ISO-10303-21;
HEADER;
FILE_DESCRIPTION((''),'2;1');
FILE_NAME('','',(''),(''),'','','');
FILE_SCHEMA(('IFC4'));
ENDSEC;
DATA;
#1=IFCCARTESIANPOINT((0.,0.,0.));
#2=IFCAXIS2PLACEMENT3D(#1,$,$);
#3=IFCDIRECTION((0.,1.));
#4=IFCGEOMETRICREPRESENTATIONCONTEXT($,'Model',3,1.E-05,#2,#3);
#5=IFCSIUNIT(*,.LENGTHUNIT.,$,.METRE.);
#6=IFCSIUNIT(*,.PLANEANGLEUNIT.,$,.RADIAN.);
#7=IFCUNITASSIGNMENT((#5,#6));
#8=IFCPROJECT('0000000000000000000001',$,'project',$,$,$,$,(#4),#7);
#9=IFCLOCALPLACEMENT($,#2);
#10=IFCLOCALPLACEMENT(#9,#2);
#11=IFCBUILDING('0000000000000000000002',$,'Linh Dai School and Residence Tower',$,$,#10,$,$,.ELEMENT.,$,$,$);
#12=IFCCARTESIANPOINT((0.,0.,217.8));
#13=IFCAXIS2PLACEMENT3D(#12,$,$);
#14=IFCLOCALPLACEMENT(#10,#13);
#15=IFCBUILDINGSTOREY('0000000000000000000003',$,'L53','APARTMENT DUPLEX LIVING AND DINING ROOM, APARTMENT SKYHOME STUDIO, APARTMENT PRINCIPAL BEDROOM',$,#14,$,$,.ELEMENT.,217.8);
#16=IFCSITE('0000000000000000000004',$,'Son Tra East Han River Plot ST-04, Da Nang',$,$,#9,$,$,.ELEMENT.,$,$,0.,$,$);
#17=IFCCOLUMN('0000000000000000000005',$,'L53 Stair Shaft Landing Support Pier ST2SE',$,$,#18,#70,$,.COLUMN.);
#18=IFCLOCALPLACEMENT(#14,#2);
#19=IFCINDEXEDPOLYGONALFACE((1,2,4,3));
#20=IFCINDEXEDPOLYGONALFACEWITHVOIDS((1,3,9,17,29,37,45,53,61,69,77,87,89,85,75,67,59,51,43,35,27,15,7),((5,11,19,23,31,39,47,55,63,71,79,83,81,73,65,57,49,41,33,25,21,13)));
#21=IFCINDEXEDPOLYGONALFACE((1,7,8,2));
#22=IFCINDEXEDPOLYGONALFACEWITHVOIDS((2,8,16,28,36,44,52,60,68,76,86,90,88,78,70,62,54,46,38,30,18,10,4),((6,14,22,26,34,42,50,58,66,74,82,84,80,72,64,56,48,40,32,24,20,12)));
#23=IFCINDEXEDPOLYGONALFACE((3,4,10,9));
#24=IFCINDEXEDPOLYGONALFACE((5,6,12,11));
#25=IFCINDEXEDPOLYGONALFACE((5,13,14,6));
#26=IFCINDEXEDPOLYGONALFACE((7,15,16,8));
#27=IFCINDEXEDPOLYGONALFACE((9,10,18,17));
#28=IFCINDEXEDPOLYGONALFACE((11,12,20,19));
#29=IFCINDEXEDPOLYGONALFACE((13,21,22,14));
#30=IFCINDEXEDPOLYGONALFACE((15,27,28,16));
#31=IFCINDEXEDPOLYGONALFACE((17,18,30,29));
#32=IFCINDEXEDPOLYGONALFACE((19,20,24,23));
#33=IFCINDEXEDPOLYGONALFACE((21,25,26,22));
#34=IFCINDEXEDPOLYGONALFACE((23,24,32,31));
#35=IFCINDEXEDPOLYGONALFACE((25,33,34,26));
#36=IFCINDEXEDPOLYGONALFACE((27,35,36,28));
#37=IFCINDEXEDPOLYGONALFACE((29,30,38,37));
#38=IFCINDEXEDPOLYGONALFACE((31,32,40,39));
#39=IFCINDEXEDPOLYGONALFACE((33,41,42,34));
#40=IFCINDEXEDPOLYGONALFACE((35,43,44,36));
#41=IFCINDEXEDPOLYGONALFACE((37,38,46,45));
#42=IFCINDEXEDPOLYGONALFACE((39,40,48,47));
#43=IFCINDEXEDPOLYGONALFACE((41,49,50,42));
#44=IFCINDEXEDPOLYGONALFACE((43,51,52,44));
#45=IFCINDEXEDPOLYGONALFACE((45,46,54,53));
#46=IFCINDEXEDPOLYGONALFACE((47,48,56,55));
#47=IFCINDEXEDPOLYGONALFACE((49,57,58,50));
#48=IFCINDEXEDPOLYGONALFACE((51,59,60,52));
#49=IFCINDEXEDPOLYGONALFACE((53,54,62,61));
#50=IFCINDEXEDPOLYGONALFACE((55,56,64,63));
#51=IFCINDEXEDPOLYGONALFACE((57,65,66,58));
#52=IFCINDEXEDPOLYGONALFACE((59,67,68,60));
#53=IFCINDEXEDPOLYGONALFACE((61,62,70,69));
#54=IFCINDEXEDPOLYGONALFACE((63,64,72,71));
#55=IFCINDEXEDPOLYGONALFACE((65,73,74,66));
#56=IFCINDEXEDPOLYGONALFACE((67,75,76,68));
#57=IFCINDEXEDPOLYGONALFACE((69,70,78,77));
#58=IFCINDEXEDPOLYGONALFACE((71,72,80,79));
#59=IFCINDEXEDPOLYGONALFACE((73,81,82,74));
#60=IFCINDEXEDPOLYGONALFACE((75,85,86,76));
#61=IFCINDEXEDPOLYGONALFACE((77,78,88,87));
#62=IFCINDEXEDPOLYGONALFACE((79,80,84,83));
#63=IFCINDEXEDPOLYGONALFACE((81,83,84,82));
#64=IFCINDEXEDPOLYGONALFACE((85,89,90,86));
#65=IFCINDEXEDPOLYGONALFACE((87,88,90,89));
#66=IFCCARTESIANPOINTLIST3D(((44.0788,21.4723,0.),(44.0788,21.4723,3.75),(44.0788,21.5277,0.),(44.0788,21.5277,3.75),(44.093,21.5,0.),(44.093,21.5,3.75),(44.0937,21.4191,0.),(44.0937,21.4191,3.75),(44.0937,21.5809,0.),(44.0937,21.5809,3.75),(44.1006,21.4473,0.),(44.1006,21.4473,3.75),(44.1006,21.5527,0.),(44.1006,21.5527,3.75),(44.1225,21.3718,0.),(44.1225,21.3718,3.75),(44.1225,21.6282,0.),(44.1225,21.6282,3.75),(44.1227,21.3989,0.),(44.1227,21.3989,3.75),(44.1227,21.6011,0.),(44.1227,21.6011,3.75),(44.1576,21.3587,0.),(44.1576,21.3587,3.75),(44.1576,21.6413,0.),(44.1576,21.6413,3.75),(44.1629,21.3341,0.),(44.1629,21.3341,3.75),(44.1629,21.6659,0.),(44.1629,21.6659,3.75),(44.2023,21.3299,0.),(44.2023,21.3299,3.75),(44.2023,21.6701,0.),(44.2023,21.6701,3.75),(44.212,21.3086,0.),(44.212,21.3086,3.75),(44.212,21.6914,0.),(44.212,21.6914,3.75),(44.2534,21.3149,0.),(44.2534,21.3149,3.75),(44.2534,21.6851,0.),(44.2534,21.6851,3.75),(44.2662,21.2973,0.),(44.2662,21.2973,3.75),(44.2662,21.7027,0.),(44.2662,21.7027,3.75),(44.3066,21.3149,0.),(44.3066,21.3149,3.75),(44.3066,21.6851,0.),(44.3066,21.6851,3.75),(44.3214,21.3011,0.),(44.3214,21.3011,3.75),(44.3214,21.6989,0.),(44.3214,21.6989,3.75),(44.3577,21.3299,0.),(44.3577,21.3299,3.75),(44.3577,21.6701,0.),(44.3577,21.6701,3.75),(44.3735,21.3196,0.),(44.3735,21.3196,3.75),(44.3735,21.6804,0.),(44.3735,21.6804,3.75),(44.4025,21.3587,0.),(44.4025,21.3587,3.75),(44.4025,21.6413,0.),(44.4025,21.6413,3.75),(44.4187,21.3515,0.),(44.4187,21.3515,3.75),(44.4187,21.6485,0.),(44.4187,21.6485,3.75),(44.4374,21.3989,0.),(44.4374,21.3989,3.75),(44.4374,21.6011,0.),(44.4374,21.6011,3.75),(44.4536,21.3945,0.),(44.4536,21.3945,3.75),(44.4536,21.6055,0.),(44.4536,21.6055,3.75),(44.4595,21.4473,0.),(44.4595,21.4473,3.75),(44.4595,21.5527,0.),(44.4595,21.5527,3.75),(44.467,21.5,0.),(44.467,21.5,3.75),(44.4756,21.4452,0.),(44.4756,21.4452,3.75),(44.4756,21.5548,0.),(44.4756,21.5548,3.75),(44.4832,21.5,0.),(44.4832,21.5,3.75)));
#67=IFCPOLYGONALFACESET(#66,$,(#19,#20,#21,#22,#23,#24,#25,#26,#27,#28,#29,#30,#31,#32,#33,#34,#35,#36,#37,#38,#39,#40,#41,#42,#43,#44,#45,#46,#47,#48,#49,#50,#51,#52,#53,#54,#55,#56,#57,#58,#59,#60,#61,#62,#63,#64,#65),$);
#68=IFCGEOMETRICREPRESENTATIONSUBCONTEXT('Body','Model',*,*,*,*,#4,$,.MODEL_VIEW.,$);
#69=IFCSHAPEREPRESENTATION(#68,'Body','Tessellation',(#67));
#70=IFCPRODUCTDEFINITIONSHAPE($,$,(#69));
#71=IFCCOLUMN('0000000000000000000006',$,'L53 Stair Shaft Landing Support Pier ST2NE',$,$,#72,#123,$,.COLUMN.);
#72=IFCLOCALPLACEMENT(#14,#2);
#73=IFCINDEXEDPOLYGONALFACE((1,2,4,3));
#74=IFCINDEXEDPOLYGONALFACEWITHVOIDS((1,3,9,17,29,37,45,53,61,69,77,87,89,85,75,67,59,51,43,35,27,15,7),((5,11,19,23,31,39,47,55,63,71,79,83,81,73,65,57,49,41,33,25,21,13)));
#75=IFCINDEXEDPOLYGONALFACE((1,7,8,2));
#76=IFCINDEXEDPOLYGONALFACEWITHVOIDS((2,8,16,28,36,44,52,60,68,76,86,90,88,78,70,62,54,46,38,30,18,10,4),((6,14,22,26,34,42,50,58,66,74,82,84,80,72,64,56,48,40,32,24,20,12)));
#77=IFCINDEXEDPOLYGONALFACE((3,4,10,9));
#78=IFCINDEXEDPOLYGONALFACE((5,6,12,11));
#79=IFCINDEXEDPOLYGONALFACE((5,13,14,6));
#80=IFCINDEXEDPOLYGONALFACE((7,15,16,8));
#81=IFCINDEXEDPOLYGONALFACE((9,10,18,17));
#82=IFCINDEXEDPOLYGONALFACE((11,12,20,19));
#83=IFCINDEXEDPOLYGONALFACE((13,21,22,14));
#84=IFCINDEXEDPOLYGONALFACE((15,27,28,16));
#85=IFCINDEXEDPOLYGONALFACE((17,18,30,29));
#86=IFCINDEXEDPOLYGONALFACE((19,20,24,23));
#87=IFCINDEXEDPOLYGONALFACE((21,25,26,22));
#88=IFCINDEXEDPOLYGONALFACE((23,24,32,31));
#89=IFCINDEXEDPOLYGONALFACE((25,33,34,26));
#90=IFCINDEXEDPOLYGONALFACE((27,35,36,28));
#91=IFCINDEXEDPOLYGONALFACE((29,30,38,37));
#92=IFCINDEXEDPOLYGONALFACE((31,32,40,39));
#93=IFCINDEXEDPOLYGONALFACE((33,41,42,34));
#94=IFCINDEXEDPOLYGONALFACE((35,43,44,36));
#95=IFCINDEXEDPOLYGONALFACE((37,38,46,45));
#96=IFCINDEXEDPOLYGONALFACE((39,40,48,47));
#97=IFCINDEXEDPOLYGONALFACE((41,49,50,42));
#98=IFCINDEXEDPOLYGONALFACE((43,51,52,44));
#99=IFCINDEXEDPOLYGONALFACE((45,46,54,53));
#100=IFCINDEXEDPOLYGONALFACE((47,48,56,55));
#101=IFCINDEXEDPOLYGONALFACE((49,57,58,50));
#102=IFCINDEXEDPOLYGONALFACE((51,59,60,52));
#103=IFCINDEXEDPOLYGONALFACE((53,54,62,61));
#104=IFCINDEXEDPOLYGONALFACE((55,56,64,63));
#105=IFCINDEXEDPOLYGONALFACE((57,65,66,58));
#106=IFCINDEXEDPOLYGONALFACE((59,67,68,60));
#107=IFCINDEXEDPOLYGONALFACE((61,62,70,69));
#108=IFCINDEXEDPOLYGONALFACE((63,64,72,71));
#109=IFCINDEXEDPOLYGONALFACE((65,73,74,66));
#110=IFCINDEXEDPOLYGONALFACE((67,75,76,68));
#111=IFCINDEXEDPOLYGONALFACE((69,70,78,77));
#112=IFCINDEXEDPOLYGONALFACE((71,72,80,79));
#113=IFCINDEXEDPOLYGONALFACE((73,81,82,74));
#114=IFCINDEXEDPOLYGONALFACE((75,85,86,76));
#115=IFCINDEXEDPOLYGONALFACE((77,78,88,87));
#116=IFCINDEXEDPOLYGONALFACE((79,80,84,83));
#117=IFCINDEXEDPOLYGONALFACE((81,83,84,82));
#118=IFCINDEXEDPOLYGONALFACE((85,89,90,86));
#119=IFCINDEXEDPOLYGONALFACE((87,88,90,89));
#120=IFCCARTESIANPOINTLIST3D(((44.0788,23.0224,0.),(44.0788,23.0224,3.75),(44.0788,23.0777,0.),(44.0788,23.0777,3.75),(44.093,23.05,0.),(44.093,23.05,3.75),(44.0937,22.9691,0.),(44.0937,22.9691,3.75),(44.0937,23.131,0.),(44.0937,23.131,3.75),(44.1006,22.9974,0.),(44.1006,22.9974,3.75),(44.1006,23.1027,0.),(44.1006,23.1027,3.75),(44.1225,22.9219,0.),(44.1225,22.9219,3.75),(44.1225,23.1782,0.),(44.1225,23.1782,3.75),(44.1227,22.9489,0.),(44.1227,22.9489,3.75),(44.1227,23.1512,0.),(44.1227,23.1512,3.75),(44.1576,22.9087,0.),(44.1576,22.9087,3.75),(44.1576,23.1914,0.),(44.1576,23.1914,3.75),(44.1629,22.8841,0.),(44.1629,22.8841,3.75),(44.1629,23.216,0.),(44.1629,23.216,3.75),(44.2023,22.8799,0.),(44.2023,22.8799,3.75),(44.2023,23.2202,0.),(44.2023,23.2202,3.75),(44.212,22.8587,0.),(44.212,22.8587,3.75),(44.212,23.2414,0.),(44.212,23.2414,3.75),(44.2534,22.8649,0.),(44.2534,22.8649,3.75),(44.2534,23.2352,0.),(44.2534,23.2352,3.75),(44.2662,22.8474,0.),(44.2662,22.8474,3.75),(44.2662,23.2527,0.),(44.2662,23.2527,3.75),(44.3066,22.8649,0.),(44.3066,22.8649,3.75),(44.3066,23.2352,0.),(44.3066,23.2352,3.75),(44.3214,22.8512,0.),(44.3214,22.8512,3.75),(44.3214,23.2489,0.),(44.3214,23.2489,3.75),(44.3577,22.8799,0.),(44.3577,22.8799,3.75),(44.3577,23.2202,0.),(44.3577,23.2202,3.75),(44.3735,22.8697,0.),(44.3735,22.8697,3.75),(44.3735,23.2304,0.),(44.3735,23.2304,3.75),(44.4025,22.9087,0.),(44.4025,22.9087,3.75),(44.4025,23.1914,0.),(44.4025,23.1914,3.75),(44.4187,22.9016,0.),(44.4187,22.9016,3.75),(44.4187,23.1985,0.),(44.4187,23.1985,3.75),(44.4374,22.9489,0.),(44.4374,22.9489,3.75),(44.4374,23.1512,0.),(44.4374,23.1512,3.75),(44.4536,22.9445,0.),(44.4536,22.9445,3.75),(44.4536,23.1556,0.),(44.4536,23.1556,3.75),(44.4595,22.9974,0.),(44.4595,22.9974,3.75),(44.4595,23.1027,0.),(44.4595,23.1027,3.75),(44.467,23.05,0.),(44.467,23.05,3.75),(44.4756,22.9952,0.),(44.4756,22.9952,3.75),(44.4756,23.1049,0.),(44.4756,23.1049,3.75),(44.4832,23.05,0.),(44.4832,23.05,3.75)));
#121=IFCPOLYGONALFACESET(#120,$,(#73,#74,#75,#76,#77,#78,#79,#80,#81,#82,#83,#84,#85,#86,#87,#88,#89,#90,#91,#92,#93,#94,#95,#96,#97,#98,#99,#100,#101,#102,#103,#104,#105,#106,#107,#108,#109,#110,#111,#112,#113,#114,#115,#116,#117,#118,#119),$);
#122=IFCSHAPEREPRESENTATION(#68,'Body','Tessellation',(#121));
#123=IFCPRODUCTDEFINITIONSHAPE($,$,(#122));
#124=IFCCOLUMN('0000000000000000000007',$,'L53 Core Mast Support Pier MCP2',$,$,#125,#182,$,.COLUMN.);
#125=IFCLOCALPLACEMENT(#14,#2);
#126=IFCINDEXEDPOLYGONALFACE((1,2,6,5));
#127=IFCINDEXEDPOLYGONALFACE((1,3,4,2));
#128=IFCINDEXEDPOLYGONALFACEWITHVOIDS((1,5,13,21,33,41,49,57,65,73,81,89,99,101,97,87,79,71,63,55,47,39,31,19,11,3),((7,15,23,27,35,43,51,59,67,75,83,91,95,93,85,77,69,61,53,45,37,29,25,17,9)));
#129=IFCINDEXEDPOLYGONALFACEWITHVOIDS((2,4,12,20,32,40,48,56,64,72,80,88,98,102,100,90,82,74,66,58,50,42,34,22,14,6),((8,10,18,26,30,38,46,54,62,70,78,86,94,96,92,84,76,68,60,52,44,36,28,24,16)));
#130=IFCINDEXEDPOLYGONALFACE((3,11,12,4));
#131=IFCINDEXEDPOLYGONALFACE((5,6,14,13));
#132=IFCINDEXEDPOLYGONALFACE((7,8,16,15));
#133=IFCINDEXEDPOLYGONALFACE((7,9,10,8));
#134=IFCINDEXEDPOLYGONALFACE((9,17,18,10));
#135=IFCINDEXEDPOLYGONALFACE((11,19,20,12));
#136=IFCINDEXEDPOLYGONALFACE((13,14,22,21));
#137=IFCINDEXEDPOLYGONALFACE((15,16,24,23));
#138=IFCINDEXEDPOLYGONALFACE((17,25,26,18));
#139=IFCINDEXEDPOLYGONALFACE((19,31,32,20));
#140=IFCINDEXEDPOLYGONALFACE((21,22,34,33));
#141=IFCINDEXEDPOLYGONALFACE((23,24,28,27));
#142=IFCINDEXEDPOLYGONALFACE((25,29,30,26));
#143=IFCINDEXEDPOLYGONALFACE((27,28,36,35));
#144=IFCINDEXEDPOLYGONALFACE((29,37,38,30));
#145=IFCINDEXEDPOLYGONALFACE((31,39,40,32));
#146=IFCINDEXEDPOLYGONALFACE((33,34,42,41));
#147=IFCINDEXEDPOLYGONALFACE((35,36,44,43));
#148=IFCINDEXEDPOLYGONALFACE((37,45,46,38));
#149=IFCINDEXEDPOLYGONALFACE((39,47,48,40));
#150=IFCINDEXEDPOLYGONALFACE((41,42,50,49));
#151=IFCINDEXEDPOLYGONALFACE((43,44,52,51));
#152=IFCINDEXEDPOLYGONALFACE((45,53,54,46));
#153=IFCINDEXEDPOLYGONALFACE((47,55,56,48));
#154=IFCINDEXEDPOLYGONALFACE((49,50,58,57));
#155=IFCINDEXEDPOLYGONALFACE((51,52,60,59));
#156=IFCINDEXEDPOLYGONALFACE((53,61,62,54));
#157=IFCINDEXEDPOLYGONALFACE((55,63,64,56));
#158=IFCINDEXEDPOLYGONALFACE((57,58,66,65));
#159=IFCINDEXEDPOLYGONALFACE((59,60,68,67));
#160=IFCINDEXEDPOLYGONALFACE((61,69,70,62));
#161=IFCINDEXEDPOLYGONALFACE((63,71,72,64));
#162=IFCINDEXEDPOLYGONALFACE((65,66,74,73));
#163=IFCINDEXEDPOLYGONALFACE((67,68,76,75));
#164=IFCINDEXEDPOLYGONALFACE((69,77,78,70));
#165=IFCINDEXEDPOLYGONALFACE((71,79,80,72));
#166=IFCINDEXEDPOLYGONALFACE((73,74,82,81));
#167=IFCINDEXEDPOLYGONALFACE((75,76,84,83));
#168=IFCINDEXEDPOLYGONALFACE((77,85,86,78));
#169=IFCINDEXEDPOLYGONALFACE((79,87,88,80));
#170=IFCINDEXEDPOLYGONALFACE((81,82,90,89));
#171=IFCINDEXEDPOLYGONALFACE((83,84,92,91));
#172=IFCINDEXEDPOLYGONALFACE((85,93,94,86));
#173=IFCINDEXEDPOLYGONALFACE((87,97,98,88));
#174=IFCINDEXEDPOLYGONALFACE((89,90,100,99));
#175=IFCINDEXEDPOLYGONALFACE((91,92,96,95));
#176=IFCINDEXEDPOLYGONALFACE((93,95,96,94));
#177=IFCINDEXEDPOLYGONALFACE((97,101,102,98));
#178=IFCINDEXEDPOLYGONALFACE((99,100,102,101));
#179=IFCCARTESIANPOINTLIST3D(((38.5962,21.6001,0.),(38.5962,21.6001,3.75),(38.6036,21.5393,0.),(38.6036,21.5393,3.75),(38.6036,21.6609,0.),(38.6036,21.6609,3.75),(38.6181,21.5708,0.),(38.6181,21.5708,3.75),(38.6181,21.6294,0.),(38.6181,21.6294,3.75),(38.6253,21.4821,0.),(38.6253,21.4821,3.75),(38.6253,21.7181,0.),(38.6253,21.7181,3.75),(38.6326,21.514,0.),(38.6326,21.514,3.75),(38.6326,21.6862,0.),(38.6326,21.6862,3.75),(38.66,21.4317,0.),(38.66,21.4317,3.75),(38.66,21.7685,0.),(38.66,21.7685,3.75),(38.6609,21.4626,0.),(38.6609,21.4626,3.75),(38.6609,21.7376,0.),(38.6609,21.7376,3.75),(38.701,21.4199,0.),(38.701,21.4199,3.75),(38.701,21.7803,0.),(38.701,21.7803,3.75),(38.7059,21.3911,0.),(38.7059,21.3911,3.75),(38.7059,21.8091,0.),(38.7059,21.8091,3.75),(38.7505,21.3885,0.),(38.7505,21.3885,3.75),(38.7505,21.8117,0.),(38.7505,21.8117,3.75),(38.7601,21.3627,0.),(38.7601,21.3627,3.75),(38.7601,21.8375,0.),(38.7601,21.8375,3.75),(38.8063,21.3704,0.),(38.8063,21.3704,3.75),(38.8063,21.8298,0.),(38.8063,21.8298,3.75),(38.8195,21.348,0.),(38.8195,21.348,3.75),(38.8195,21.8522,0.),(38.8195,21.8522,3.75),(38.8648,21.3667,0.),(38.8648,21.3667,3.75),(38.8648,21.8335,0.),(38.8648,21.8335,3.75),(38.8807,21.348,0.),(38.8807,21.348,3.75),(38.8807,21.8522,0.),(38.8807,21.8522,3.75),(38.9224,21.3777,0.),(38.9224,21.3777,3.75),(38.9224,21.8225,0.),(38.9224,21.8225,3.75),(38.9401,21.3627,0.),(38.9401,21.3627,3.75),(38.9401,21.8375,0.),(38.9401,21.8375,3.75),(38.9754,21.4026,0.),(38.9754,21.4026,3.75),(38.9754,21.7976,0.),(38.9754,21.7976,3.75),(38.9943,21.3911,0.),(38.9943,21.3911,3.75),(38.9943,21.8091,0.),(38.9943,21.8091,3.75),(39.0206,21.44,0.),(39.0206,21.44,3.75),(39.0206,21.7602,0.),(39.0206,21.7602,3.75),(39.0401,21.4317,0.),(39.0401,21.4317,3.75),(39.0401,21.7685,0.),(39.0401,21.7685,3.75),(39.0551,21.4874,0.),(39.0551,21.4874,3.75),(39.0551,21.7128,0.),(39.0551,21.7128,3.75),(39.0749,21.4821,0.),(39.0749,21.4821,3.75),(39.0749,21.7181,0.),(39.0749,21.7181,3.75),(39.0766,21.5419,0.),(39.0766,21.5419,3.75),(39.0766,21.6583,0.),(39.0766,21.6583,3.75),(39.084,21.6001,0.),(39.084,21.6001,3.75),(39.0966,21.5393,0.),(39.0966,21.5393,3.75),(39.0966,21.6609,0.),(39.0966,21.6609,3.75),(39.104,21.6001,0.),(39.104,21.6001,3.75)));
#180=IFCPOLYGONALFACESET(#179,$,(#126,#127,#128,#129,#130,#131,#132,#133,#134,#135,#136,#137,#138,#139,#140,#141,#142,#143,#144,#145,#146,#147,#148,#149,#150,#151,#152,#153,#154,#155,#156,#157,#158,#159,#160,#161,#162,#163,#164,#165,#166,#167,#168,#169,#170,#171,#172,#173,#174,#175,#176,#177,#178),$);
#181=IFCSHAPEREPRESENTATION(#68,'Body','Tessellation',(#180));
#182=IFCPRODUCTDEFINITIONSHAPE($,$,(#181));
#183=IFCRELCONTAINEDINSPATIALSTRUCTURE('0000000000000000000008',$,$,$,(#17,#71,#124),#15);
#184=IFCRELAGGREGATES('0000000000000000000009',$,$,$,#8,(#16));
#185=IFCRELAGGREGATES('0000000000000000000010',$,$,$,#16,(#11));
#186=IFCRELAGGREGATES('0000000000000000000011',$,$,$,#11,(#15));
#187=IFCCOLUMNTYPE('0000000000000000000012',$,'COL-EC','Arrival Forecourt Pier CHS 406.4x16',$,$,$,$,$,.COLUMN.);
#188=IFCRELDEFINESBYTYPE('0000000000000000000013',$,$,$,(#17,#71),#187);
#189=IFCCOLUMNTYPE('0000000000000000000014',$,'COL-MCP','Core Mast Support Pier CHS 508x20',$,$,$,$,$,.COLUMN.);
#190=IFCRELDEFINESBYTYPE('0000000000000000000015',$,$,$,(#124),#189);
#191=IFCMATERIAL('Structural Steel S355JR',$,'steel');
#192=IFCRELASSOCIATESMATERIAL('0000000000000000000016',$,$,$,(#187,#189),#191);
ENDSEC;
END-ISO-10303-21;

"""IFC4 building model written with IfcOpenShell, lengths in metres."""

from ifc_helpers import new_model, si_unit, direction, frame, origin, origin_2d, place, context, subcontext, project, spatial, hollow_circle, extrude, material, material_profile, profile_set, type_object, element, save


model = new_model("IFC4")

# Units and contexts
model_context = context("Model", 3, precision=1e-05, world=origin(), true_north=direction((0.0, 1.0)))
body_context = subcontext(model_context, "Body", "Model", "MODEL_VIEW")
ifc_project = project(units=[si_unit("LENGTHUNIT", "METRE"), si_unit("PLANEANGLEUNIT", "RADIAN")], contexts=[model_context])

# Site, building, storey
site_placement = place(None, origin())
site = spatial("IfcSite", under=ifc_project, at=site_placement, Name="Son Tra East Han River Plot ST-04, Da Nang", CompositionType="ELEMENT", RefElevation=0.0)
building_placement = place(site_placement, origin())
building = spatial("IfcBuilding", under=site, at=building_placement, Name="Linh Dai School and Residence Tower", CompositionType="ELEMENT")
storey_placement = place(building_placement, frame((0.0, 0.0, 217.8)))
storey = spatial("IfcBuildingStorey", under=building, at=storey_placement, Name="L53", Description="APARTMENT DUPLEX LIVING AND DINING ROOM, APARTMENT SKYHOME STUDIO, APARTMENT PRINCIPAL BEDROOM", CompositionType="ELEMENT", Elevation=217.8)

# Columns
ifc_material_1 = material(Name="Structural Steel S355JR", Category="steel")
ifc_material_profile_1 = material_profile(ifc_material_1, hollow_circle(Radius=0.2031, WallThickness=0.0161, at=origin_2d()), Name="CHS 406.4x16")
ifc_profile_set_1 = profile_set([ifc_material_profile_1], Name="Structural Steel S355JR")
column_type_1 = type_object("IfcColumnType", Name="COL-EC", Description="Arrival Forecourt Pier CHS 406.4x16", PredefinedType="COLUMN", material=ifc_profile_set_1)
for number, where, z_axis, x_axis, name in (
    (1, (44.28, 21.5, 0.0), (0.0, 0.0, 1.0), (1.0, 0.0, 0.0), "L53 Stair Shaft Landing Support Pier ST2SE"),
    (2, (44.28, 23.05, 0.0), (0.0, 0.0, 1.0), (1.0, 0.0, 0.0), "L53 Stair Shaft Landing Support Pier ST2NE"),
):
    element("IfcColumn", number, at=place(storey_placement, frame(where, z_axis=z_axis, x_axis=x_axis)), inside=storey, type_object=column_type_1, Name=name, PredefinedType="COLUMN", context=body_context, shape_type="SweptSolid", body=[
        extrude(hollow_circle(Radius=0.2031, WallThickness=0.0161, at=origin_2d()), origin(), (0.0, 0.0, 1.0), 3.75),
    ])
ifc_material_profile_2 = material_profile(ifc_material_1, hollow_circle(Radius=0.2539, WallThickness=0.02, at=origin_2d()), Name="CHS 508x20")
ifc_profile_set_2 = profile_set([ifc_material_profile_2], Name="Structural Steel S355JR")
column_type_2 = type_object("IfcColumnType", Name="COL-MCP", Description="Core Mast Support Pier CHS 508x20", PredefinedType="COLUMN", material=ifc_profile_set_2)
column_placement = place(storey_placement, frame((38.8501, 21.6001, 0.0), z_axis=(0.0, 0.0, 1.0), x_axis=(1.0, 0.0, 0.0)))
element("IfcColumn", 3, at=column_placement, inside=storey, type_object=column_type_2, Name="L53 Core Mast Support Pier MCP2", PredefinedType="COLUMN", context=body_context, shape_type="SweptSolid", body=[
    extrude(hollow_circle(Radius=0.2539, WallThickness=0.02, at=origin_2d()), origin(), (0.0, 0.0, 1.0), 3.75),
])

save(model, "model.ifc")
